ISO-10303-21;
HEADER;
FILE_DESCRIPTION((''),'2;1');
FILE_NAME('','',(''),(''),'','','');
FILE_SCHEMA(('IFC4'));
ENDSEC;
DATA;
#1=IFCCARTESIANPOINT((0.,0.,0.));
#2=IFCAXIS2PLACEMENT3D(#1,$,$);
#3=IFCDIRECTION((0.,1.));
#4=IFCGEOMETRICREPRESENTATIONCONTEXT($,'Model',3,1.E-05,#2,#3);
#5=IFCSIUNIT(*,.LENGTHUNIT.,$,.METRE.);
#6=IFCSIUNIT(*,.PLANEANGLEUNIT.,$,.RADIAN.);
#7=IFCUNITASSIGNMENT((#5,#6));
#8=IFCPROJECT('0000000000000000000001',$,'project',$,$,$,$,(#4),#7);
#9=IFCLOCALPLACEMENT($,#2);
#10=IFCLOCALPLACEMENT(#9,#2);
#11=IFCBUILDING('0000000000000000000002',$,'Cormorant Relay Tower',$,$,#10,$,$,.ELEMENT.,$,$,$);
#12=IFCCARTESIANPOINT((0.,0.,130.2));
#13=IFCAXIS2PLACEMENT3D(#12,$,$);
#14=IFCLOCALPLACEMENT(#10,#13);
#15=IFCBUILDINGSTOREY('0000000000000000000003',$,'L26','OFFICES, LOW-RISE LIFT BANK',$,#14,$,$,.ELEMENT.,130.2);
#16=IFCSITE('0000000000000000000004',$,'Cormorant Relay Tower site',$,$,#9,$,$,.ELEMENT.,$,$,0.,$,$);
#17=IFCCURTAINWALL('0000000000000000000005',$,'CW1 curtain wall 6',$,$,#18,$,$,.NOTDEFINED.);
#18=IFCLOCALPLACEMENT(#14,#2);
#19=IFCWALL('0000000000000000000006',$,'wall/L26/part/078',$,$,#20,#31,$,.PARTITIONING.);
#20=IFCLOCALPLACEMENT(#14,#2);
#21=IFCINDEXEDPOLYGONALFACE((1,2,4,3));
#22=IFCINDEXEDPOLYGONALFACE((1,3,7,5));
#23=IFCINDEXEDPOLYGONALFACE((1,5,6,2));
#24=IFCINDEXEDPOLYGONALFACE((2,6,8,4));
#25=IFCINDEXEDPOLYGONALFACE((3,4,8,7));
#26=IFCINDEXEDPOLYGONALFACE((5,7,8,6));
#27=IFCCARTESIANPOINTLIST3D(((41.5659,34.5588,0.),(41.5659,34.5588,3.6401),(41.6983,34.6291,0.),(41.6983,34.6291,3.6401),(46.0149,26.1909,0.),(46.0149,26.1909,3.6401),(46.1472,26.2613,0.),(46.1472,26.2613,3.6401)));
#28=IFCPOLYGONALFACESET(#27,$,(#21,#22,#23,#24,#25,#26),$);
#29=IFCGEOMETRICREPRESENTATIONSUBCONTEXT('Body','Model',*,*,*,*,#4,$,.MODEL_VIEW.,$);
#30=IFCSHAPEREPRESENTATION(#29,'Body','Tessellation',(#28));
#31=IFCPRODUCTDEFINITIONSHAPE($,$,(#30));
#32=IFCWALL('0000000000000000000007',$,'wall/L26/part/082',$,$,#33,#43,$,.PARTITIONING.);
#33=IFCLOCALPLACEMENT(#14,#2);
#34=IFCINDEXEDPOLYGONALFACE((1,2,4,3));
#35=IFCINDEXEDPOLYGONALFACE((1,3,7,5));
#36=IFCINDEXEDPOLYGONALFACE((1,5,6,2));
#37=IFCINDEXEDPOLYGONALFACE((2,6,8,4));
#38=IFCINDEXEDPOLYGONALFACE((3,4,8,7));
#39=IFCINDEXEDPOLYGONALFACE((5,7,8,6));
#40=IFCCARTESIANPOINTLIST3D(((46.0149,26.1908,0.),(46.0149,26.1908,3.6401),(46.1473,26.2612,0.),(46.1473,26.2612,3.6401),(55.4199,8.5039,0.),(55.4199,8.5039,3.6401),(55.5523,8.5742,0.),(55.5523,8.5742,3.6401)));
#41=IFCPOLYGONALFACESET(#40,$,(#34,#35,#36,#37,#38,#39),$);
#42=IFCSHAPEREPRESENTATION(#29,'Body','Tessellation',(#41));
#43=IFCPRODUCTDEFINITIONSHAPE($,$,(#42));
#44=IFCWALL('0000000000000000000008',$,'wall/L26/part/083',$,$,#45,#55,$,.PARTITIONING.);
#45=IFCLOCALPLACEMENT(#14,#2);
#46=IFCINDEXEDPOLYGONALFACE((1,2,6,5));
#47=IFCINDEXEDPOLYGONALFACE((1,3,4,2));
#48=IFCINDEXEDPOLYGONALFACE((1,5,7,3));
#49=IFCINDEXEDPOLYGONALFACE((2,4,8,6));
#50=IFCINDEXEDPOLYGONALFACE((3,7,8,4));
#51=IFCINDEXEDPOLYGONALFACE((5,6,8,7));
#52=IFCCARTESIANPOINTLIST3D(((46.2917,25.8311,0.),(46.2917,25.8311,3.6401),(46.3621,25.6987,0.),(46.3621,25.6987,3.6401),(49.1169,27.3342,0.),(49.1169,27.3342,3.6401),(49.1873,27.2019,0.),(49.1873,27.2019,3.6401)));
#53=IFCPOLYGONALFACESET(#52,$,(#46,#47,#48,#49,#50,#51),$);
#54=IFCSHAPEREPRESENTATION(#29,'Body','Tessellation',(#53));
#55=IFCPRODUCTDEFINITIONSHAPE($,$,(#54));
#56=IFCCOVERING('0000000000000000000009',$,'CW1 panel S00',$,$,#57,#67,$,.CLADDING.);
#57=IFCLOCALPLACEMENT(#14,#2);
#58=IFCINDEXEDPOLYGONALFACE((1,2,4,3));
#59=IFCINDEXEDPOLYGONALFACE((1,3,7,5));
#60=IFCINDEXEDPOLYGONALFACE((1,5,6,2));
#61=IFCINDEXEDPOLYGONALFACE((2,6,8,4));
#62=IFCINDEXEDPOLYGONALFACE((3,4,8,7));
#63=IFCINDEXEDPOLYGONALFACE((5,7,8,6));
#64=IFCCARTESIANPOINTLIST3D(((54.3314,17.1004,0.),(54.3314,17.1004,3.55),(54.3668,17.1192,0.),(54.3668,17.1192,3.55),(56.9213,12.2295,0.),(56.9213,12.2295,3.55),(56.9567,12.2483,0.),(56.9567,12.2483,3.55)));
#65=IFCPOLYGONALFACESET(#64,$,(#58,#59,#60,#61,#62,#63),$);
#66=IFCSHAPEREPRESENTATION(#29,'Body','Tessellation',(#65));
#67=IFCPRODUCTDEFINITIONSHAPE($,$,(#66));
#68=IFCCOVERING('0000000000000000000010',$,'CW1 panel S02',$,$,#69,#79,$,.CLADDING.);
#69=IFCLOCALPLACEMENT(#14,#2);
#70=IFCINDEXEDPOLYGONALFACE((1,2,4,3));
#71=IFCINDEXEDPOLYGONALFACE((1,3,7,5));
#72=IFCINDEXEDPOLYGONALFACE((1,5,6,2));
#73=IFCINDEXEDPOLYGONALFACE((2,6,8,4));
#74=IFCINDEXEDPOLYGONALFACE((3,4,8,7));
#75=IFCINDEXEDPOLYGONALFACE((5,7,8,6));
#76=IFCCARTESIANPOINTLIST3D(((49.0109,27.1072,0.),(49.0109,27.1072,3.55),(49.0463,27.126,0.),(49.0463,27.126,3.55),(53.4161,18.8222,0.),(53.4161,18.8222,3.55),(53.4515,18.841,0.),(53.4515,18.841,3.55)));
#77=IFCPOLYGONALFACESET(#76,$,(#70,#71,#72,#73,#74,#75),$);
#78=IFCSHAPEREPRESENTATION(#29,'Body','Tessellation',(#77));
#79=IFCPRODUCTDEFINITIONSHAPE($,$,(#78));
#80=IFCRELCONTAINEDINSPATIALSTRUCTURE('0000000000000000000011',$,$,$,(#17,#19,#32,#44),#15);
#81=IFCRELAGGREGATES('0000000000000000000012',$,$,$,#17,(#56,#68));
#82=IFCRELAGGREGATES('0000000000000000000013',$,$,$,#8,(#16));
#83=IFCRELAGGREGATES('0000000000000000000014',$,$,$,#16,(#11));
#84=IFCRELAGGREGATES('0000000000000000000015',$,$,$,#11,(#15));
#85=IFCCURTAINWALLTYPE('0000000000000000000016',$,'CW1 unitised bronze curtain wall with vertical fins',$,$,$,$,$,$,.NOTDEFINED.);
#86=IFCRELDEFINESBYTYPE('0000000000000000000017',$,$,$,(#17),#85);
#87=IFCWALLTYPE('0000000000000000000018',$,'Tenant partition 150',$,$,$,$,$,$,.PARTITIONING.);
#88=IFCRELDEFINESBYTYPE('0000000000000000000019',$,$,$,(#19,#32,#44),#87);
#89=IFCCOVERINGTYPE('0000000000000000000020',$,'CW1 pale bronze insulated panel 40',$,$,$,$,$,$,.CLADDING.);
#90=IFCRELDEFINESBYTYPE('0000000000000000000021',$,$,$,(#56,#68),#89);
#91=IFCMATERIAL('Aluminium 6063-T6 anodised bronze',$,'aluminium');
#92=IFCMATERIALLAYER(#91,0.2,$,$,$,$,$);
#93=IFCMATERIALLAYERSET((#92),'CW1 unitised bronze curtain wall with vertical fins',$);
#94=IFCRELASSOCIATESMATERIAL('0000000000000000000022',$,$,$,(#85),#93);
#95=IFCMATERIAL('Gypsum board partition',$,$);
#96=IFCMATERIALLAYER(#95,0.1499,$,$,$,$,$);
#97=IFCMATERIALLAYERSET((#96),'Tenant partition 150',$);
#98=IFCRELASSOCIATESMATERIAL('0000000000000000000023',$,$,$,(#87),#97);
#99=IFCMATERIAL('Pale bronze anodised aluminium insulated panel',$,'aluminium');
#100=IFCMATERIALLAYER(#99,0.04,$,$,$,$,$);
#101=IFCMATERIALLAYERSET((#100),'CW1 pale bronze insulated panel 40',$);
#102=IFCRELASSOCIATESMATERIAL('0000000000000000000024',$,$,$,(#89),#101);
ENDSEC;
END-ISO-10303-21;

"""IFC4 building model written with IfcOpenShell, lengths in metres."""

from ifc_helpers import new_model, si_unit, direction, frame, frame_2d, origin, origin_2d, place, context, subcontext, project, spatial, rectangle, extrude, material, layer, layer_set, type_object, element, aggregate, save


model = new_model("IFC4")

# Units and contexts
model_context = context("Model", 3, precision=1e-05, world=origin(), true_north=direction((0.0, 1.0)))
body_context = subcontext(model_context, "Body", "Model", "MODEL_VIEW")
ifc_project = project(units=[si_unit("LENGTHUNIT", "METRE"), si_unit("PLANEANGLEUNIT", "RADIAN")], contexts=[model_context])

# Site, building, storey
site_placement = place(None, origin())
site = spatial("IfcSite", under=ifc_project, at=site_placement, Name="Cormorant Relay Tower site", CompositionType="ELEMENT", RefElevation=0.0)
building_placement = place(site_placement, origin())
building = spatial("IfcBuilding", under=site, at=building_placement, Name="Cormorant Relay Tower", CompositionType="ELEMENT")
storey_placement = place(building_placement, frame((0.0, 0.0, 130.2)))
storey = spatial("IfcBuildingStorey", under=building, at=storey_placement, Name="L26", Description="OFFICES, LOW-RISE LIFT BANK", CompositionType="ELEMENT", Elevation=130.2)

# Curtain wall
ifc_material_1 = material(Name="Aluminium 6063-T6 anodised bronze", Category="aluminium")
ifc_layer_1 = layer(ifc_material_1, 0.2)
ifc_layer_set_1 = layer_set([ifc_layer_1], Name="CW1 unitised bronze curtain wall with vertical fins")
curtain_wall_type = type_object("IfcCurtainWallType", Name="CW1 unitised bronze curtain wall with vertical fins", PredefinedType="NOTDEFINED", material=ifc_layer_set_1)
curtain_wall_placement = place(storey_placement, origin())
curtain_wall = element("IfcCurtainWall", 1, at=curtain_wall_placement, inside=storey, type_object=curtain_wall_type, Name="CW1 curtain wall 6", PredefinedType="NOTDEFINED")

# Walls
ifc_material_2 = material(Name="Gypsum board partition")
ifc_layer_2 = layer(ifc_material_2, 0.1499)
ifc_layer_set_2 = layer_set([ifc_layer_2], Name="Tenant partition 150")
wall_type_1 = type_object("IfcWallType", Name="Tenant partition 150", PredefinedType="PARTITIONING", material=ifc_layer_set_2)
wall_1_placement = place(storey_placement, frame((46.0811, 26.2261, 0.0), z_axis=(0.0, 0.0, 1.0), x_axis=(-0.469445, 0.882962, 0.0)))
element("IfcWall", 2, at=wall_1_placement, inside=storey, type_object=wall_type_1, Name="wall/L26/part/078", PredefinedType="PARTITIONING", context=body_context, shape_type="SweptSolid", body=[
    extrude(rectangle(XDim=9.4771, YDim=0.1499, at=frame_2d((4.7385, 0.0))), origin(), (0.0, 0.0, 1.0), 3.6401),
])
wall_2_placement = place(storey_placement, frame((46.0811, 26.2261, 0.0), z_axis=(0.0, 0.0, 1.0), x_axis=(0.469498, -0.882934, 0.0)))
element("IfcWall", 3, at=wall_2_placement, inside=storey, type_object=wall_type_1, Name="wall/L26/part/082", PredefinedType="PARTITIONING", context=body_context, shape_type="SweptSolid", body=[
    extrude(rectangle(XDim=20.032, YDim=0.1499, at=frame_2d((10.0161, 0.0))), origin(), (0.0, 0.0, 1.0), 3.6401),
])
wall_3_placement = place(storey_placement, frame((49.1521, 27.2681, 0.0), z_axis=(0.0, 0.0, 1.0), x_axis=(-0.882819, -0.469713, 0.0)))
element("IfcWall", 4, at=wall_3_placement, inside=storey, type_object=wall_type_1, Name="wall/L26/part/083", PredefinedType="PARTITIONING", context=body_context, shape_type="SweptSolid", body=[
    extrude(rectangle(XDim=3.2002, YDim=0.1499, at=frame_2d((1.6001, 0.0))), origin(), (0.0, 0.0, 1.0), 3.6401),
])

# Coverings
ifc_material_3 = material(Name="Pale bronze anodised aluminium insulated panel", Category="aluminium")
ifc_layer_3 = layer(ifc_material_3, 0.04)
ifc_layer_set_3 = layer_set([ifc_layer_3], Name="CW1 pale bronze insulated panel 40")
covering_type = type_object("IfcCoveringType", Name="CW1 pale bronze insulated panel 40", PredefinedType="CLADDING", material=ifc_layer_set_3)
covering_1_placement = place(storey_placement, frame((55.644, 14.6743, 0.0), z_axis=(0.0, 0.0, 1.0), x_axis=(-0.469472, 0.882948, 0.0)))
covering_1 = element("IfcCovering", 5, at=covering_1_placement, type_object=covering_type, Name="CW1 panel S00", PredefinedType="CLADDING", context=body_context, shape_type="SweptSolid", body=[
    extrude(rectangle(XDim=5.5166, YDim=0.04, at=origin_2d()), origin(), (0.0, 0.0, 1.0), 3.55),
])
covering_2_placement = place(storey_placement, frame((51.2312, 22.9741, 0.0), z_axis=(0.0, 0.0, 1.0), x_axis=(-0.469472, 0.882948, 0.0)))
covering_2 = element("IfcCovering", 6, at=covering_2_placement, type_object=covering_type, Name="CW1 panel S02", PredefinedType="CLADDING", context=body_context, shape_type="SweptSolid", body=[
    extrude(rectangle(XDim=9.3833, YDim=0.04, at=origin_2d()), origin(), (0.0, 0.0, 1.0), 3.55),
])
aggregate(curtain_wall, [covering_1, covering_2])

save(model, "model.ifc")
